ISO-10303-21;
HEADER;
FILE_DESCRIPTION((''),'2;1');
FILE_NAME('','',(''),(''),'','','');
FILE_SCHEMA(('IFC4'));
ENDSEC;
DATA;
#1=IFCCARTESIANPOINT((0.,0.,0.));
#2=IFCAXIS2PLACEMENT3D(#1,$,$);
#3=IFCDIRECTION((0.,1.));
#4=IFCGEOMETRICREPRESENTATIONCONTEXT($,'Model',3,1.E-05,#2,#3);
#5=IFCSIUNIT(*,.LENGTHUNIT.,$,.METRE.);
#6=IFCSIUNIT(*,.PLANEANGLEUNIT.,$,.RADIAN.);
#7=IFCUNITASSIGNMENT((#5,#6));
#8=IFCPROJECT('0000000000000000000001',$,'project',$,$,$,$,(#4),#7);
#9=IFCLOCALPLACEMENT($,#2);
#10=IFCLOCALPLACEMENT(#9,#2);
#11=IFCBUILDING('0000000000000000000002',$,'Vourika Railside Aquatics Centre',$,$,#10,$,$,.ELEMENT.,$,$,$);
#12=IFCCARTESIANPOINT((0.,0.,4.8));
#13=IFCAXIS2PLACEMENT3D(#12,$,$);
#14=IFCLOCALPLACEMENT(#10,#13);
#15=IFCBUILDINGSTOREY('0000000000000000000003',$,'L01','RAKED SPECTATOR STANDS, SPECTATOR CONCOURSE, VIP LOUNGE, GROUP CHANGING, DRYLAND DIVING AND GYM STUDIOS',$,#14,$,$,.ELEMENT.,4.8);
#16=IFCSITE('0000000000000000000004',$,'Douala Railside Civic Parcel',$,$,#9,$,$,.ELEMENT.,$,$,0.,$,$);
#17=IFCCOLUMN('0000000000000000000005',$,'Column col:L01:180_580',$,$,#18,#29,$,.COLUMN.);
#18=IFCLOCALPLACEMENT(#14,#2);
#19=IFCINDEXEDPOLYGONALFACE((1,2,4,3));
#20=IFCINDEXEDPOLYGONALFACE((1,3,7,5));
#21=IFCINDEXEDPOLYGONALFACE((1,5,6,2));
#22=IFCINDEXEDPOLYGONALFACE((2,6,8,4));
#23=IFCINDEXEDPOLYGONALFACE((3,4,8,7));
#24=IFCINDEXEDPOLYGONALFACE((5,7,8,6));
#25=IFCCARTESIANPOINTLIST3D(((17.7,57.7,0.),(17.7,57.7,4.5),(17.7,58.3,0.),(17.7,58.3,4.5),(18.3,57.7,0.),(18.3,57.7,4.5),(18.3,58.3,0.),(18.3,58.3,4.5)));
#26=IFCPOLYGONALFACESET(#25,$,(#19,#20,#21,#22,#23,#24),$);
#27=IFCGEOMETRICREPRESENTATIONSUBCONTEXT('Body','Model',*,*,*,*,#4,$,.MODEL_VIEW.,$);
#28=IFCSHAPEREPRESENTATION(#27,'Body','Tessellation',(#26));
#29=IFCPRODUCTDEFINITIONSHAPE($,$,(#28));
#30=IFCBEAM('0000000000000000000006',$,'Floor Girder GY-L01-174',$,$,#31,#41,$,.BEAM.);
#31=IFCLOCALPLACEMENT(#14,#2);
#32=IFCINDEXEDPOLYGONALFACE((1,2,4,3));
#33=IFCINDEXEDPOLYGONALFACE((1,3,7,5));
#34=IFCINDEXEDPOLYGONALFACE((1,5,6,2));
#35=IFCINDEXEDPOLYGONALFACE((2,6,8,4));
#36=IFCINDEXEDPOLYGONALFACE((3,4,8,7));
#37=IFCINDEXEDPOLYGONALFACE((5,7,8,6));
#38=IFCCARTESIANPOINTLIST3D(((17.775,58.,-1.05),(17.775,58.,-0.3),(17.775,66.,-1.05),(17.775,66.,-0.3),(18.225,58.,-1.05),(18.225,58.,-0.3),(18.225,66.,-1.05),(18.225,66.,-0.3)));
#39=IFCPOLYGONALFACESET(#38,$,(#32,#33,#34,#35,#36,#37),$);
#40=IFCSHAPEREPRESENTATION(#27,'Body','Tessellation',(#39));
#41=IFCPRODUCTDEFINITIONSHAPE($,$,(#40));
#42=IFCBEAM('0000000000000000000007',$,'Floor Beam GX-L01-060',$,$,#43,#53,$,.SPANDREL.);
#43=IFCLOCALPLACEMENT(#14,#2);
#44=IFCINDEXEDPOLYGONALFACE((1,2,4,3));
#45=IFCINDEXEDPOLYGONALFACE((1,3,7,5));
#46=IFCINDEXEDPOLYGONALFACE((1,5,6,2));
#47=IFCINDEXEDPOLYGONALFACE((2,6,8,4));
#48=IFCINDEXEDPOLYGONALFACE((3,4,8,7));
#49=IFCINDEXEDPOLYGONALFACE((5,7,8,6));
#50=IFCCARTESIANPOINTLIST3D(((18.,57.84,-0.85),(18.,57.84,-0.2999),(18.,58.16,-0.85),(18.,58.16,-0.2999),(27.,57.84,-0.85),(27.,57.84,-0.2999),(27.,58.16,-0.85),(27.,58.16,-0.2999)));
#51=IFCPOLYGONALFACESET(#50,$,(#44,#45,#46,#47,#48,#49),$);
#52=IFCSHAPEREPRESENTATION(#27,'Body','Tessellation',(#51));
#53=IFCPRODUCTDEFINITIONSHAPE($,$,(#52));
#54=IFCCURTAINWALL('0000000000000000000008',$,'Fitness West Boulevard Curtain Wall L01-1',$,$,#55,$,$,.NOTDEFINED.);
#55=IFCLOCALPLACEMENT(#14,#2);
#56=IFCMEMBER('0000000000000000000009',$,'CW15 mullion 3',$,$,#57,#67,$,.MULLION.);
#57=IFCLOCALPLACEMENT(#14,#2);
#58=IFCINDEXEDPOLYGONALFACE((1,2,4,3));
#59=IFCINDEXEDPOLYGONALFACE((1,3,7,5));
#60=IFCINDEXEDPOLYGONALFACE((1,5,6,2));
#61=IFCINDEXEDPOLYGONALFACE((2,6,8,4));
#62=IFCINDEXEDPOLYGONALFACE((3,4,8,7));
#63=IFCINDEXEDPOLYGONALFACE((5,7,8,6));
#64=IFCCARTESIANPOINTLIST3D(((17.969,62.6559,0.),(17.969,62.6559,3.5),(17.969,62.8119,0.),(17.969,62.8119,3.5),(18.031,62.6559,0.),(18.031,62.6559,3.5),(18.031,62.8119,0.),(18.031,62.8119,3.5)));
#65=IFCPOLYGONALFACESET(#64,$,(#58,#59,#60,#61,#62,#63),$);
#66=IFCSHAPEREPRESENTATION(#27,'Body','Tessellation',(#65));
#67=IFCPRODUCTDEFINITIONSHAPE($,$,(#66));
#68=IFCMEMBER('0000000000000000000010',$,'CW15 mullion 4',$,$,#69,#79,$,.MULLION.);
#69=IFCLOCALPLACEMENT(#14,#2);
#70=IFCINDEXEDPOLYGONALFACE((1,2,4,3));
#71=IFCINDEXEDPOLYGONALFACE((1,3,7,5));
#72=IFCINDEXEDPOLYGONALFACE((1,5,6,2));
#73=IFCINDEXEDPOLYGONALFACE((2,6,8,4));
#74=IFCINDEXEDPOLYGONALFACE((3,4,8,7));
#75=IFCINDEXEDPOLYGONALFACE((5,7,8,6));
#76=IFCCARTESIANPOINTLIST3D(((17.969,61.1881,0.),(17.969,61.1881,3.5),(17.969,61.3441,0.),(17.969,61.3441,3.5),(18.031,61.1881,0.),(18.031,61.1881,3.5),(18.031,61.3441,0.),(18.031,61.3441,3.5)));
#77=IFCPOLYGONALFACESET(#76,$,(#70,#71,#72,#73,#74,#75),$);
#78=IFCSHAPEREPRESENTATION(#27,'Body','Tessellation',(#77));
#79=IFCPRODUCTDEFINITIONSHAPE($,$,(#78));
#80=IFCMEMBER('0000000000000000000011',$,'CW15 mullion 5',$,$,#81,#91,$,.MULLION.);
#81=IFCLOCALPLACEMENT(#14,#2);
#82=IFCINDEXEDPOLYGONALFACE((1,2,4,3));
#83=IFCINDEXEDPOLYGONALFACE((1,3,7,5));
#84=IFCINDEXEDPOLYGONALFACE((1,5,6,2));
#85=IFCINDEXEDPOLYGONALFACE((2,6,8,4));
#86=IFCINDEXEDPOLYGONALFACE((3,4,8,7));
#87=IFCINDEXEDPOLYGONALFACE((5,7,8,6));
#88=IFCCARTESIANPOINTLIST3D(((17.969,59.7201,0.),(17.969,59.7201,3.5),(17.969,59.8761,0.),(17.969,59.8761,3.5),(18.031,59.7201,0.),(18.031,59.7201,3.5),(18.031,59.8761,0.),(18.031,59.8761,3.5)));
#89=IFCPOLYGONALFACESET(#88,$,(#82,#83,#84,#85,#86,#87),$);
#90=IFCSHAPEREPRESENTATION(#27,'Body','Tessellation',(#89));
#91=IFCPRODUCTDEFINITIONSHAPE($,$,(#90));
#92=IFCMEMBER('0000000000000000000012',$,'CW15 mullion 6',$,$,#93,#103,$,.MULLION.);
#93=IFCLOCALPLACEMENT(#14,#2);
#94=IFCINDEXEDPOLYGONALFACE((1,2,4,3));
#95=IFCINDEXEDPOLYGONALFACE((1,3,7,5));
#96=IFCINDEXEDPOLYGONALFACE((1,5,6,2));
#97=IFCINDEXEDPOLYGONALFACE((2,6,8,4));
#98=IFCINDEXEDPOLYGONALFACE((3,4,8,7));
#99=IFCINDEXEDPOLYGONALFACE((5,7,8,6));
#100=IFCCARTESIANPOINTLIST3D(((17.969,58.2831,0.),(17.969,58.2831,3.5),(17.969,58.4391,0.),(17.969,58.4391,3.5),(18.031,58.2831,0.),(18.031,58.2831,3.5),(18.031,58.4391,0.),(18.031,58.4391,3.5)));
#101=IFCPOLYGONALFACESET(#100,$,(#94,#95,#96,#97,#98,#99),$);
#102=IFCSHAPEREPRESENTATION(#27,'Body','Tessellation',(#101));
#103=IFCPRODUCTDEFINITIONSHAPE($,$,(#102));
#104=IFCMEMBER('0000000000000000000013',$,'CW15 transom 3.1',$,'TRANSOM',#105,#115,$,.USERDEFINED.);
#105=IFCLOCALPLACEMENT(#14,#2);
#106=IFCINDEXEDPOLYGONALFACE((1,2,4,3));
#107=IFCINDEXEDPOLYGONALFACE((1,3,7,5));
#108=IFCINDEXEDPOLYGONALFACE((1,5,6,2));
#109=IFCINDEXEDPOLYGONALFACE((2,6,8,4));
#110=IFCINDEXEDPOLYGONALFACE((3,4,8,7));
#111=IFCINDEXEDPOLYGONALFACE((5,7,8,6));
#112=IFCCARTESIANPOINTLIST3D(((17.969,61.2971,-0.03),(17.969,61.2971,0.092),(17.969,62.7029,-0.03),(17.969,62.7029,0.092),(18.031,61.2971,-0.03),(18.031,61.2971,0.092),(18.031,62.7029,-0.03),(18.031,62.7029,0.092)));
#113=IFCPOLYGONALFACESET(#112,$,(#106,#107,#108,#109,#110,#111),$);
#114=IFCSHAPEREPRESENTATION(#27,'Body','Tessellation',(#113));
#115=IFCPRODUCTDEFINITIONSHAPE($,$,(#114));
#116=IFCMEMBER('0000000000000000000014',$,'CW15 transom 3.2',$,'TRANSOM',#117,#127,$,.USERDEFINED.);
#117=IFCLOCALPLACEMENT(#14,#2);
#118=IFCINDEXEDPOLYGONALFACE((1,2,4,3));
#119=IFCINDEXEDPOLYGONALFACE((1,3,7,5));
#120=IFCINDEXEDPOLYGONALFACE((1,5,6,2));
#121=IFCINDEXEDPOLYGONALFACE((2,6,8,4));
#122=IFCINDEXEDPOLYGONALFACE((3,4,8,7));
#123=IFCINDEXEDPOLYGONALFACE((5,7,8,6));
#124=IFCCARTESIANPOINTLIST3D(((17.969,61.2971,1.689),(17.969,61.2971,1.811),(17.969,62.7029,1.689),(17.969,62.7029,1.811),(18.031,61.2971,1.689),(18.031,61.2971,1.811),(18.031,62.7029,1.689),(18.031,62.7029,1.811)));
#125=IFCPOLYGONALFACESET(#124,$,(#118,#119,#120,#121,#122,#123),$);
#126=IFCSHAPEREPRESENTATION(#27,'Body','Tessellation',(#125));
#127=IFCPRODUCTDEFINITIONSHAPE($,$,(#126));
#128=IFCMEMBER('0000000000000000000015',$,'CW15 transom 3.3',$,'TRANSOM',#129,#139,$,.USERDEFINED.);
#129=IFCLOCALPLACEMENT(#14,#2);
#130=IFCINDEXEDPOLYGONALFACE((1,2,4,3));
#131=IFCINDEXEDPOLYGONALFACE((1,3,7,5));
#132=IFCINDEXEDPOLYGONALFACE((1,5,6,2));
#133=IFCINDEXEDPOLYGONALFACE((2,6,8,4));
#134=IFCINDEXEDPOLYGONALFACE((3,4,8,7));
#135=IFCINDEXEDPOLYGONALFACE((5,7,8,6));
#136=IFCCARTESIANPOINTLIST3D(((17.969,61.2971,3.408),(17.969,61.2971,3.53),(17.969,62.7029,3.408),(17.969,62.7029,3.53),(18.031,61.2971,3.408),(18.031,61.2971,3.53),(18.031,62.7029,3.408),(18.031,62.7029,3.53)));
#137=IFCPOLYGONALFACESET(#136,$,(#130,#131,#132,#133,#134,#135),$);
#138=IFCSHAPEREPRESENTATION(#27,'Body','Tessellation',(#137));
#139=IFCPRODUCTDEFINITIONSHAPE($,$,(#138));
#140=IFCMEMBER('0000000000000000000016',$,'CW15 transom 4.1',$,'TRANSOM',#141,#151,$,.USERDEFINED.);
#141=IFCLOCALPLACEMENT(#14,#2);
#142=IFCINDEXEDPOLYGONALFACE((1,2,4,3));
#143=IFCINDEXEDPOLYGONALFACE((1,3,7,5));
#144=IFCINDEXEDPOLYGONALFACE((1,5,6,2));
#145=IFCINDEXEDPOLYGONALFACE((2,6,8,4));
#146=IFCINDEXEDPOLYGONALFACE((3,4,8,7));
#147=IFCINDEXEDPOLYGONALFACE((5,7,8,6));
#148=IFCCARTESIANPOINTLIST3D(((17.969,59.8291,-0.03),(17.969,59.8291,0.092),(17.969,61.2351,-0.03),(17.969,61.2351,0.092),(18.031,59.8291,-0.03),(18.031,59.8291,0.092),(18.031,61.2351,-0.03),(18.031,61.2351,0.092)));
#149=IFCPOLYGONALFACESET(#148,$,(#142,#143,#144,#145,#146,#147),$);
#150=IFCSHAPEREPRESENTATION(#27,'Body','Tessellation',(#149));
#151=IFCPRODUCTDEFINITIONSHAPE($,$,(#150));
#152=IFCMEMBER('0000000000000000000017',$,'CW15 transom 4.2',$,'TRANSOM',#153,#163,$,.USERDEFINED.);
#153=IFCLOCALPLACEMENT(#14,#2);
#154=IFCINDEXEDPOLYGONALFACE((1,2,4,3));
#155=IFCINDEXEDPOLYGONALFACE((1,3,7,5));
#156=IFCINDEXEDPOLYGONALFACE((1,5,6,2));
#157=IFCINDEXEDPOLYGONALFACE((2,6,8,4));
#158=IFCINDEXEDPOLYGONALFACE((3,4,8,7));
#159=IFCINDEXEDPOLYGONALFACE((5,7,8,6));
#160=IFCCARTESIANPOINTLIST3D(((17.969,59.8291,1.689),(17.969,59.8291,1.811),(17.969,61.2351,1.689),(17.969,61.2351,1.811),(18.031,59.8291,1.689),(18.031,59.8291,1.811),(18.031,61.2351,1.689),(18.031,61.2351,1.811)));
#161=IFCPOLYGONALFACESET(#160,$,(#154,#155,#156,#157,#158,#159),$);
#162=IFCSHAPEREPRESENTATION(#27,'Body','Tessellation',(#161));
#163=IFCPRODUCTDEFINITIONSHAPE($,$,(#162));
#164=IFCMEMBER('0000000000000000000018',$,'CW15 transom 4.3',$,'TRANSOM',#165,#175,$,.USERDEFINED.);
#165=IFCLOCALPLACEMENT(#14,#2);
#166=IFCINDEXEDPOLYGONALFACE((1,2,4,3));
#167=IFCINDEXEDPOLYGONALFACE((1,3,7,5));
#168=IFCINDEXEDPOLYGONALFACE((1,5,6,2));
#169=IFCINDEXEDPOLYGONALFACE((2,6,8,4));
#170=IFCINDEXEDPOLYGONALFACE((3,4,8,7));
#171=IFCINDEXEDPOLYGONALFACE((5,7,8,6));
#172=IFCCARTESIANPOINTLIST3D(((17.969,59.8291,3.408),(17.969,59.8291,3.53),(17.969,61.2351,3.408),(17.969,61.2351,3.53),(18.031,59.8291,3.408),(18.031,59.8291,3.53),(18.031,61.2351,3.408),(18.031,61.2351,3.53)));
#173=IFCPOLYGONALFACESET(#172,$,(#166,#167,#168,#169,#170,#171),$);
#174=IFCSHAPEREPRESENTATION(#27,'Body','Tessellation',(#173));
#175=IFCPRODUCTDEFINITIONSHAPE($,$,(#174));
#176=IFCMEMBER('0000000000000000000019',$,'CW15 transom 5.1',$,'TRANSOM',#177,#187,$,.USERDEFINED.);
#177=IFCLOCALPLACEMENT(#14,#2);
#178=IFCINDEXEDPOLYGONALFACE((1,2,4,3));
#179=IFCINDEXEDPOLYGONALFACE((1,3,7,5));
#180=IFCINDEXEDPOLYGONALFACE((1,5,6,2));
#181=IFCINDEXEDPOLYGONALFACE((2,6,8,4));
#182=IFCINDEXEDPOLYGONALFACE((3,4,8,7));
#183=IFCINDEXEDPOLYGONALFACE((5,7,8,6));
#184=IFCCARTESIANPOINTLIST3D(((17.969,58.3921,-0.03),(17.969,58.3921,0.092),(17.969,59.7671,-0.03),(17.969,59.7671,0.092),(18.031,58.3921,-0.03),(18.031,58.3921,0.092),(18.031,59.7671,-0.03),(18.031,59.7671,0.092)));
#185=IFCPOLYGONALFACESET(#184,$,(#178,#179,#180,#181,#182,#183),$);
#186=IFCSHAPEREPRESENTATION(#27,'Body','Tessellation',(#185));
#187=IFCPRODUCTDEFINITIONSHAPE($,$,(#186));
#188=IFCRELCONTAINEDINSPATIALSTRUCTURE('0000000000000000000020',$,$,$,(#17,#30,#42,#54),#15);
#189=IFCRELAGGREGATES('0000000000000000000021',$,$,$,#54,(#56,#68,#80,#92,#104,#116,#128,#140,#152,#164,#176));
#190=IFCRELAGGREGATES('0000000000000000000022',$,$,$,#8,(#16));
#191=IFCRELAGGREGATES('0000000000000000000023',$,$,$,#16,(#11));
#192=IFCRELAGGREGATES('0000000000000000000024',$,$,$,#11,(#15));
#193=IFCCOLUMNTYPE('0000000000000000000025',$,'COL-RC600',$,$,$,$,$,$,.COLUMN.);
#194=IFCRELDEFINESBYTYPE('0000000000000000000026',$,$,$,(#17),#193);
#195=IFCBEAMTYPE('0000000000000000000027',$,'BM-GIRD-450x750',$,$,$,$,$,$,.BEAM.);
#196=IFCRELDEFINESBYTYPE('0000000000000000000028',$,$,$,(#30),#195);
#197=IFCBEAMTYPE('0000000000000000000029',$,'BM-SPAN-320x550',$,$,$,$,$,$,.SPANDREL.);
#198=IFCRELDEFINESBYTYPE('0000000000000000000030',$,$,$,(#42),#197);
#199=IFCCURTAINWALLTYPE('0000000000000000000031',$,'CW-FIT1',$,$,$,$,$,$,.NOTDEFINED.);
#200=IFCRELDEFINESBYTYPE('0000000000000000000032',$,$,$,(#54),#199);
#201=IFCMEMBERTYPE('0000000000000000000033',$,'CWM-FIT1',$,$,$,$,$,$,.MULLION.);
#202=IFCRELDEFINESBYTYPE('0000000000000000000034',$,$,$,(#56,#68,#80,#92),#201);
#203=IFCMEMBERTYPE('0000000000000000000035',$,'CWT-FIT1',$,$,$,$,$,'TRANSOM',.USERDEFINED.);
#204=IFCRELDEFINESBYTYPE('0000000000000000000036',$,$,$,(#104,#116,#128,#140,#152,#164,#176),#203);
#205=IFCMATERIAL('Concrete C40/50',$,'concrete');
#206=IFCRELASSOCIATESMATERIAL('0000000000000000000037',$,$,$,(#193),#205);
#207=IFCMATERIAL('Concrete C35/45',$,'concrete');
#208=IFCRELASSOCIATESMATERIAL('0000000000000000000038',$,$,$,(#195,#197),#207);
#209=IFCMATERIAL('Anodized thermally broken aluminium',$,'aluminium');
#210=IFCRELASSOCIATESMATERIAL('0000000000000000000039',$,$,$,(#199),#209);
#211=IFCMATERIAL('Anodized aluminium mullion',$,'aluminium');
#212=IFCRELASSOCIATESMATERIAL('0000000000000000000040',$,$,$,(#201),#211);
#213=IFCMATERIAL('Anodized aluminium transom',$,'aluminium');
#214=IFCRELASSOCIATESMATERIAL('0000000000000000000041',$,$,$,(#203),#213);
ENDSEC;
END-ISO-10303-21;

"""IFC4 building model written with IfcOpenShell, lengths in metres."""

from ifc_helpers import new_model, si_unit, direction, frame, origin, origin_2d, place, context, subcontext, project, spatial, rectangle, extrude, material, material_profile, profile_set, type_object, element, aggregate, save


model = new_model("IFC4")

# Units and contexts
model_context = context("Model", 3, precision=1e-05, world=origin(), true_north=direction((0.0, 1.0)))
body_context = subcontext(model_context, "Body", "Model", "MODEL_VIEW")
ifc_project = project(units=[si_unit("LENGTHUNIT", "METRE"), si_unit("PLANEANGLEUNIT", "RADIAN")], contexts=[model_context])

# Site, building, storey
site_placement = place(None, origin())
site = spatial("IfcSite", under=ifc_project, at=site_placement, Name="Douala Railside Civic Parcel", CompositionType="ELEMENT", RefElevation=0.0)
building_placement = place(site_placement, origin())
building = spatial("IfcBuilding", under=site, at=building_placement, Name="Vourika Railside Aquatics Centre", CompositionType="ELEMENT")
storey_placement = place(building_placement, frame((0.0, 0.0, 4.8)))
storey = spatial("IfcBuildingStorey", under=building, at=storey_placement, Name="L01", Description="RAKED SPECTATOR STANDS, SPECTATOR CONCOURSE, VIP LOUNGE, GROUP CHANGING, DRYLAND DIVING AND GYM STUDIOS", CompositionType="ELEMENT", Elevation=4.8)

# Column
ifc_material_1 = material(Name="Concrete C40/50", Category="concrete")
ifc_material_profile_1 = material_profile(ifc_material_1, rectangle(XDim=0.6001, YDim=0.6001, at=origin_2d()), Name="RC 600x600")
ifc_profile_set_1 = profile_set([ifc_material_profile_1], Name="Concrete C40/50")
column_type = type_object("IfcColumnType", Name="COL-RC600", PredefinedType="COLUMN", material=ifc_profile_set_1)
column_placement = place(storey_placement, frame((18.0, 58.0, 0.0), z_axis=(0.0, 0.0, 1.0), x_axis=(1.0, 0.0, 0.0)))
element("IfcColumn", 1, at=column_placement, inside=storey, type_object=column_type, Name="Column col:L01:180_580", PredefinedType="COLUMN", context=body_context, shape_type="SweptSolid", body=[
    extrude(rectangle(XDim=0.6001, YDim=0.6001, at=origin_2d()), origin(), (0.0, 0.0, 1.0), 4.5),
])

# Beams
ifc_material_2 = material(Name="Concrete C35/45", Category="concrete")
ifc_material_profile_2 = material_profile(ifc_material_2, rectangle(XDim=0.45, YDim=0.75, at=origin_2d()), Name="RC 450x750")
ifc_profile_set_2 = profile_set([ifc_material_profile_2], Name="Concrete C35/45")
beam_type_1 = type_object("IfcBeamType", Name="BM-GIRD-450x750", PredefinedType="BEAM", material=ifc_profile_set_2)
beam_1_placement = place(storey_placement, frame((18.0, 58.0, -0.675), z_axis=(0.0, 1.0, 0.0), x_axis=(-1.0, 0.0, 0.0)))
element("IfcBeam", 2, at=beam_1_placement, inside=storey, type_object=beam_type_1, Name="Floor Girder GY-L01-174", PredefinedType="BEAM", context=body_context, shape_type="SweptSolid", body=[
    extrude(rectangle(XDim=0.45, YDim=0.75, at=origin_2d()), origin(), (0.0, 0.0, 1.0), 8.0),
])
ifc_material_profile_3 = material_profile(ifc_material_2, rectangle(XDim=0.3201, YDim=0.55, at=origin_2d()), Name="RC 320x550")
ifc_profile_set_3 = profile_set([ifc_material_profile_3], Name="Concrete C35/45")
beam_type_2 = type_object("IfcBeamType", Name="BM-SPAN-320x550", PredefinedType="SPANDREL", material=ifc_profile_set_3)
beam_2_placement = place(storey_placement, frame((18.0, 58.0, -0.575), z_axis=(1.0, 0.0, 0.0), x_axis=(0.0, 1.0, 0.0)))
element("IfcBeam", 3, at=beam_2_placement, inside=storey, type_object=beam_type_2, Name="Floor Beam GX-L01-060", PredefinedType="SPANDREL", context=body_context, shape_type="SweptSolid", body=[
    extrude(rectangle(XDim=0.3201, YDim=0.55, at=origin_2d()), origin(), (0.0, 0.0, 1.0), 9.0),
])

# Curtain wall, members
ifc_material_3 = material(Name="Anodized thermally broken aluminium", Category="aluminium")
curtain_wall_type = type_object("IfcCurtainWallType", Name="CW-FIT1", PredefinedType="NOTDEFINED", material=ifc_material_3)
curtain_wall_placement = place(storey_placement, origin())
curtain_wall = element("IfcCurtainWall", 4, at=curtain_wall_placement, inside=storey, type_object=curtain_wall_type, Name="Fitness West Boulevard Curtain Wall L01-1", PredefinedType="NOTDEFINED")
ifc_material_4 = material(Name="Anodized aluminium mullion", Category="aluminium")
ifc_material_profile_4 = material_profile(ifc_material_4, rectangle(XDim=0.062, YDim=0.156, at=origin_2d()), Name="ALU-M 62x156")
ifc_profile_set_4 = profile_set([ifc_material_profile_4], Name="Anodized aluminium mullion")
member_type_1 = type_object("IfcMemberType", Name="CWM-FIT1", PredefinedType="MULLION", material=ifc_profile_set_4)
member_1_placement = place(storey_placement, frame((18.0, 62.7339, 0.0), z_axis=(0.0, 0.0, 1.0), x_axis=(1.0, 0.0, 0.0)))
member_1 = element("IfcMember", 5, at=member_1_placement, type_object=member_type_1, Name="CW15 mullion 3", PredefinedType="MULLION", context=body_context, shape_type="SweptSolid", body=[
    extrude(rectangle(XDim=0.062, YDim=0.156, at=origin_2d()), origin(), (0.0, 0.0, 1.0), 3.5),
])
member_2_placement = place(storey_placement, frame((18.0, 61.2661, 0.0), z_axis=(0.0, 0.0, 1.0), x_axis=(1.0, 0.0, 0.0)))
member_2 = element("IfcMember", 6, at=member_2_placement, type_object=member_type_1, Name="CW15 mullion 4", PredefinedType="MULLION", context=body_context, shape_type="SweptSolid", body=[
    extrude(rectangle(XDim=0.062, YDim=0.156, at=origin_2d()), origin(), (0.0, 0.0, 1.0), 3.5),
])
member_3_placement = place(storey_placement, frame((18.0, 59.7981, 0.0), z_axis=(0.0, 0.0, 1.0), x_axis=(1.0, 0.0, 0.0)))
member_3 = element("IfcMember", 7, at=member_3_placement, type_object=member_type_1, Name="CW15 mullion 5", PredefinedType="MULLION", context=body_context, shape_type="SweptSolid", body=[
    extrude(rectangle(XDim=0.062, YDim=0.156, at=origin_2d()), origin(), (0.0, 0.0, 1.0), 3.5),
])
member_4_placement = place(storey_placement, frame((18.0, 58.3611, 0.0), z_axis=(0.0, 0.0, 1.0), x_axis=(1.0, 0.0, 0.0)))
member_4 = element("IfcMember", 8, at=member_4_placement, type_object=member_type_1, Name="CW15 mullion 6", PredefinedType="MULLION", context=body_context, shape_type="SweptSolid", body=[
    extrude(rectangle(XDim=0.062, YDim=0.156, at=origin_2d()), origin(), (0.0, 0.0, 1.0), 3.5),
])
ifc_material_5 = material(Name="Anodized aluminium transom", Category="aluminium")
ifc_material_profile_5 = material_profile(ifc_material_5, rectangle(XDim=0.062, YDim=0.1221, at=origin_2d()), Name="ALU-T 62x122")
ifc_profile_set_5 = profile_set([ifc_material_profile_5], Name="Anodized aluminium transom")
member_type_2 = type_object("IfcMemberType", Name="CWT-FIT1", ElementType="TRANSOM", PredefinedType="USERDEFINED", material=ifc_profile_set_5)
member_5_placement = place(storey_placement, frame((18.0, 62.7029, 0.031), z_axis=(0.0, -1.0, 0.0), x_axis=(1.0, 0.0, 0.0)))
member_5 = element("IfcMember", 9, at=member_5_placement, type_object=member_type_2, Name="CW15 transom 3.1", ObjectType="TRANSOM", PredefinedType="USERDEFINED", context=body_context, shape_type="SweptSolid", body=[
    extrude(rectangle(XDim=0.062, YDim=0.1221, at=origin_2d()), origin(), (0.0, 0.0, 1.0), 1.4058),
])
member_6_placement = place(storey_placement, frame((18.0, 62.7029, 1.75), z_axis=(0.0, -1.0, 0.0), x_axis=(1.0, 0.0, 0.0)))
member_6 = element("IfcMember", 10, at=member_6_placement, type_object=member_type_2, Name="CW15 transom 3.2", ObjectType="TRANSOM", PredefinedType="USERDEFINED", context=body_context, shape_type="SweptSolid", body=[
    extrude(rectangle(XDim=0.062, YDim=0.1221, at=origin_2d()), origin(), (0.0, 0.0, 1.0), 1.4058),
])
member_7_placement = place(storey_placement, frame((18.0, 62.7029, 3.469), z_axis=(0.0, -1.0, 0.0), x_axis=(1.0, 0.0, 0.0)))
member_7 = element("IfcMember", 11, at=member_7_placement, type_object=member_type_2, Name="CW15 transom 3.3", ObjectType="TRANSOM", PredefinedType="USERDEFINED", context=body_context, shape_type="SweptSolid", body=[
    extrude(rectangle(XDim=0.062, YDim=0.1221, at=origin_2d()), origin(), (0.0, 0.0, 1.0), 1.4058),
])
member_8_placement = place(storey_placement, frame((18.0, 61.2351, 0.031), z_axis=(0.0, -1.0, 0.0), x_axis=(1.0, 0.0, 0.0)))
member_8 = element("IfcMember", 12, at=member_8_placement, type_object=member_type_2, Name="CW15 transom 4.1", ObjectType="TRANSOM", PredefinedType="USERDEFINED", context=body_context, shape_type="SweptSolid", body=[
    extrude(rectangle(XDim=0.062, YDim=0.1221, at=origin_2d()), origin(), (0.0, 0.0, 1.0), 1.406),
])
member_9_placement = place(storey_placement, frame((18.0, 61.2351, 1.75), z_axis=(0.0, -1.0, 0.0), x_axis=(1.0, 0.0, 0.0)))
member_9 = element("IfcMember", 13, at=member_9_placement, type_object=member_type_2, Name="CW15 transom 4.2", ObjectType="TRANSOM", PredefinedType="USERDEFINED", context=body_context, shape_type="SweptSolid", body=[
    extrude(rectangle(XDim=0.062, YDim=0.1221, at=origin_2d()), origin(), (0.0, 0.0, 1.0), 1.406),
])
member_10_placement = place(storey_placement, frame((18.0, 61.2351, 3.469), z_axis=(0.0, -1.0, 0.0), x_axis=(1.0, 0.0, 0.0)))
member_10 = element("IfcMember", 14, at=member_10_placement, type_object=member_type_2, Name="CW15 transom 4.3", ObjectType="TRANSOM", PredefinedType="USERDEFINED", context=body_context, shape_type="SweptSolid", body=[
    extrude(rectangle(XDim=0.062, YDim=0.1221, at=origin_2d()), origin(), (0.0, 0.0, 1.0), 1.406),
])
member_11_placement = place(storey_placement, frame((18.0, 59.7671, 0.031), z_axis=(0.0, -1.0, 0.0), x_axis=(1.0, 0.0, 0.0)))
member_11 = element("IfcMember", 15, at=member_11_placement, type_object=member_type_2, Name="CW15 transom 5.1", ObjectType="TRANSOM", PredefinedType="USERDEFINED", context=body_context, shape_type="SweptSolid", body=[
    extrude(rectangle(XDim=0.062, YDim=0.1221, at=origin_2d()), origin(), (0.0, 0.0, 1.0), 1.375),
])
aggregate(curtain_wall, [member_1, member_2, member_3, member_4, member_5, member_6, member_7, member_8, member_9, member_10, member_11])

save(model, "model.ifc")
